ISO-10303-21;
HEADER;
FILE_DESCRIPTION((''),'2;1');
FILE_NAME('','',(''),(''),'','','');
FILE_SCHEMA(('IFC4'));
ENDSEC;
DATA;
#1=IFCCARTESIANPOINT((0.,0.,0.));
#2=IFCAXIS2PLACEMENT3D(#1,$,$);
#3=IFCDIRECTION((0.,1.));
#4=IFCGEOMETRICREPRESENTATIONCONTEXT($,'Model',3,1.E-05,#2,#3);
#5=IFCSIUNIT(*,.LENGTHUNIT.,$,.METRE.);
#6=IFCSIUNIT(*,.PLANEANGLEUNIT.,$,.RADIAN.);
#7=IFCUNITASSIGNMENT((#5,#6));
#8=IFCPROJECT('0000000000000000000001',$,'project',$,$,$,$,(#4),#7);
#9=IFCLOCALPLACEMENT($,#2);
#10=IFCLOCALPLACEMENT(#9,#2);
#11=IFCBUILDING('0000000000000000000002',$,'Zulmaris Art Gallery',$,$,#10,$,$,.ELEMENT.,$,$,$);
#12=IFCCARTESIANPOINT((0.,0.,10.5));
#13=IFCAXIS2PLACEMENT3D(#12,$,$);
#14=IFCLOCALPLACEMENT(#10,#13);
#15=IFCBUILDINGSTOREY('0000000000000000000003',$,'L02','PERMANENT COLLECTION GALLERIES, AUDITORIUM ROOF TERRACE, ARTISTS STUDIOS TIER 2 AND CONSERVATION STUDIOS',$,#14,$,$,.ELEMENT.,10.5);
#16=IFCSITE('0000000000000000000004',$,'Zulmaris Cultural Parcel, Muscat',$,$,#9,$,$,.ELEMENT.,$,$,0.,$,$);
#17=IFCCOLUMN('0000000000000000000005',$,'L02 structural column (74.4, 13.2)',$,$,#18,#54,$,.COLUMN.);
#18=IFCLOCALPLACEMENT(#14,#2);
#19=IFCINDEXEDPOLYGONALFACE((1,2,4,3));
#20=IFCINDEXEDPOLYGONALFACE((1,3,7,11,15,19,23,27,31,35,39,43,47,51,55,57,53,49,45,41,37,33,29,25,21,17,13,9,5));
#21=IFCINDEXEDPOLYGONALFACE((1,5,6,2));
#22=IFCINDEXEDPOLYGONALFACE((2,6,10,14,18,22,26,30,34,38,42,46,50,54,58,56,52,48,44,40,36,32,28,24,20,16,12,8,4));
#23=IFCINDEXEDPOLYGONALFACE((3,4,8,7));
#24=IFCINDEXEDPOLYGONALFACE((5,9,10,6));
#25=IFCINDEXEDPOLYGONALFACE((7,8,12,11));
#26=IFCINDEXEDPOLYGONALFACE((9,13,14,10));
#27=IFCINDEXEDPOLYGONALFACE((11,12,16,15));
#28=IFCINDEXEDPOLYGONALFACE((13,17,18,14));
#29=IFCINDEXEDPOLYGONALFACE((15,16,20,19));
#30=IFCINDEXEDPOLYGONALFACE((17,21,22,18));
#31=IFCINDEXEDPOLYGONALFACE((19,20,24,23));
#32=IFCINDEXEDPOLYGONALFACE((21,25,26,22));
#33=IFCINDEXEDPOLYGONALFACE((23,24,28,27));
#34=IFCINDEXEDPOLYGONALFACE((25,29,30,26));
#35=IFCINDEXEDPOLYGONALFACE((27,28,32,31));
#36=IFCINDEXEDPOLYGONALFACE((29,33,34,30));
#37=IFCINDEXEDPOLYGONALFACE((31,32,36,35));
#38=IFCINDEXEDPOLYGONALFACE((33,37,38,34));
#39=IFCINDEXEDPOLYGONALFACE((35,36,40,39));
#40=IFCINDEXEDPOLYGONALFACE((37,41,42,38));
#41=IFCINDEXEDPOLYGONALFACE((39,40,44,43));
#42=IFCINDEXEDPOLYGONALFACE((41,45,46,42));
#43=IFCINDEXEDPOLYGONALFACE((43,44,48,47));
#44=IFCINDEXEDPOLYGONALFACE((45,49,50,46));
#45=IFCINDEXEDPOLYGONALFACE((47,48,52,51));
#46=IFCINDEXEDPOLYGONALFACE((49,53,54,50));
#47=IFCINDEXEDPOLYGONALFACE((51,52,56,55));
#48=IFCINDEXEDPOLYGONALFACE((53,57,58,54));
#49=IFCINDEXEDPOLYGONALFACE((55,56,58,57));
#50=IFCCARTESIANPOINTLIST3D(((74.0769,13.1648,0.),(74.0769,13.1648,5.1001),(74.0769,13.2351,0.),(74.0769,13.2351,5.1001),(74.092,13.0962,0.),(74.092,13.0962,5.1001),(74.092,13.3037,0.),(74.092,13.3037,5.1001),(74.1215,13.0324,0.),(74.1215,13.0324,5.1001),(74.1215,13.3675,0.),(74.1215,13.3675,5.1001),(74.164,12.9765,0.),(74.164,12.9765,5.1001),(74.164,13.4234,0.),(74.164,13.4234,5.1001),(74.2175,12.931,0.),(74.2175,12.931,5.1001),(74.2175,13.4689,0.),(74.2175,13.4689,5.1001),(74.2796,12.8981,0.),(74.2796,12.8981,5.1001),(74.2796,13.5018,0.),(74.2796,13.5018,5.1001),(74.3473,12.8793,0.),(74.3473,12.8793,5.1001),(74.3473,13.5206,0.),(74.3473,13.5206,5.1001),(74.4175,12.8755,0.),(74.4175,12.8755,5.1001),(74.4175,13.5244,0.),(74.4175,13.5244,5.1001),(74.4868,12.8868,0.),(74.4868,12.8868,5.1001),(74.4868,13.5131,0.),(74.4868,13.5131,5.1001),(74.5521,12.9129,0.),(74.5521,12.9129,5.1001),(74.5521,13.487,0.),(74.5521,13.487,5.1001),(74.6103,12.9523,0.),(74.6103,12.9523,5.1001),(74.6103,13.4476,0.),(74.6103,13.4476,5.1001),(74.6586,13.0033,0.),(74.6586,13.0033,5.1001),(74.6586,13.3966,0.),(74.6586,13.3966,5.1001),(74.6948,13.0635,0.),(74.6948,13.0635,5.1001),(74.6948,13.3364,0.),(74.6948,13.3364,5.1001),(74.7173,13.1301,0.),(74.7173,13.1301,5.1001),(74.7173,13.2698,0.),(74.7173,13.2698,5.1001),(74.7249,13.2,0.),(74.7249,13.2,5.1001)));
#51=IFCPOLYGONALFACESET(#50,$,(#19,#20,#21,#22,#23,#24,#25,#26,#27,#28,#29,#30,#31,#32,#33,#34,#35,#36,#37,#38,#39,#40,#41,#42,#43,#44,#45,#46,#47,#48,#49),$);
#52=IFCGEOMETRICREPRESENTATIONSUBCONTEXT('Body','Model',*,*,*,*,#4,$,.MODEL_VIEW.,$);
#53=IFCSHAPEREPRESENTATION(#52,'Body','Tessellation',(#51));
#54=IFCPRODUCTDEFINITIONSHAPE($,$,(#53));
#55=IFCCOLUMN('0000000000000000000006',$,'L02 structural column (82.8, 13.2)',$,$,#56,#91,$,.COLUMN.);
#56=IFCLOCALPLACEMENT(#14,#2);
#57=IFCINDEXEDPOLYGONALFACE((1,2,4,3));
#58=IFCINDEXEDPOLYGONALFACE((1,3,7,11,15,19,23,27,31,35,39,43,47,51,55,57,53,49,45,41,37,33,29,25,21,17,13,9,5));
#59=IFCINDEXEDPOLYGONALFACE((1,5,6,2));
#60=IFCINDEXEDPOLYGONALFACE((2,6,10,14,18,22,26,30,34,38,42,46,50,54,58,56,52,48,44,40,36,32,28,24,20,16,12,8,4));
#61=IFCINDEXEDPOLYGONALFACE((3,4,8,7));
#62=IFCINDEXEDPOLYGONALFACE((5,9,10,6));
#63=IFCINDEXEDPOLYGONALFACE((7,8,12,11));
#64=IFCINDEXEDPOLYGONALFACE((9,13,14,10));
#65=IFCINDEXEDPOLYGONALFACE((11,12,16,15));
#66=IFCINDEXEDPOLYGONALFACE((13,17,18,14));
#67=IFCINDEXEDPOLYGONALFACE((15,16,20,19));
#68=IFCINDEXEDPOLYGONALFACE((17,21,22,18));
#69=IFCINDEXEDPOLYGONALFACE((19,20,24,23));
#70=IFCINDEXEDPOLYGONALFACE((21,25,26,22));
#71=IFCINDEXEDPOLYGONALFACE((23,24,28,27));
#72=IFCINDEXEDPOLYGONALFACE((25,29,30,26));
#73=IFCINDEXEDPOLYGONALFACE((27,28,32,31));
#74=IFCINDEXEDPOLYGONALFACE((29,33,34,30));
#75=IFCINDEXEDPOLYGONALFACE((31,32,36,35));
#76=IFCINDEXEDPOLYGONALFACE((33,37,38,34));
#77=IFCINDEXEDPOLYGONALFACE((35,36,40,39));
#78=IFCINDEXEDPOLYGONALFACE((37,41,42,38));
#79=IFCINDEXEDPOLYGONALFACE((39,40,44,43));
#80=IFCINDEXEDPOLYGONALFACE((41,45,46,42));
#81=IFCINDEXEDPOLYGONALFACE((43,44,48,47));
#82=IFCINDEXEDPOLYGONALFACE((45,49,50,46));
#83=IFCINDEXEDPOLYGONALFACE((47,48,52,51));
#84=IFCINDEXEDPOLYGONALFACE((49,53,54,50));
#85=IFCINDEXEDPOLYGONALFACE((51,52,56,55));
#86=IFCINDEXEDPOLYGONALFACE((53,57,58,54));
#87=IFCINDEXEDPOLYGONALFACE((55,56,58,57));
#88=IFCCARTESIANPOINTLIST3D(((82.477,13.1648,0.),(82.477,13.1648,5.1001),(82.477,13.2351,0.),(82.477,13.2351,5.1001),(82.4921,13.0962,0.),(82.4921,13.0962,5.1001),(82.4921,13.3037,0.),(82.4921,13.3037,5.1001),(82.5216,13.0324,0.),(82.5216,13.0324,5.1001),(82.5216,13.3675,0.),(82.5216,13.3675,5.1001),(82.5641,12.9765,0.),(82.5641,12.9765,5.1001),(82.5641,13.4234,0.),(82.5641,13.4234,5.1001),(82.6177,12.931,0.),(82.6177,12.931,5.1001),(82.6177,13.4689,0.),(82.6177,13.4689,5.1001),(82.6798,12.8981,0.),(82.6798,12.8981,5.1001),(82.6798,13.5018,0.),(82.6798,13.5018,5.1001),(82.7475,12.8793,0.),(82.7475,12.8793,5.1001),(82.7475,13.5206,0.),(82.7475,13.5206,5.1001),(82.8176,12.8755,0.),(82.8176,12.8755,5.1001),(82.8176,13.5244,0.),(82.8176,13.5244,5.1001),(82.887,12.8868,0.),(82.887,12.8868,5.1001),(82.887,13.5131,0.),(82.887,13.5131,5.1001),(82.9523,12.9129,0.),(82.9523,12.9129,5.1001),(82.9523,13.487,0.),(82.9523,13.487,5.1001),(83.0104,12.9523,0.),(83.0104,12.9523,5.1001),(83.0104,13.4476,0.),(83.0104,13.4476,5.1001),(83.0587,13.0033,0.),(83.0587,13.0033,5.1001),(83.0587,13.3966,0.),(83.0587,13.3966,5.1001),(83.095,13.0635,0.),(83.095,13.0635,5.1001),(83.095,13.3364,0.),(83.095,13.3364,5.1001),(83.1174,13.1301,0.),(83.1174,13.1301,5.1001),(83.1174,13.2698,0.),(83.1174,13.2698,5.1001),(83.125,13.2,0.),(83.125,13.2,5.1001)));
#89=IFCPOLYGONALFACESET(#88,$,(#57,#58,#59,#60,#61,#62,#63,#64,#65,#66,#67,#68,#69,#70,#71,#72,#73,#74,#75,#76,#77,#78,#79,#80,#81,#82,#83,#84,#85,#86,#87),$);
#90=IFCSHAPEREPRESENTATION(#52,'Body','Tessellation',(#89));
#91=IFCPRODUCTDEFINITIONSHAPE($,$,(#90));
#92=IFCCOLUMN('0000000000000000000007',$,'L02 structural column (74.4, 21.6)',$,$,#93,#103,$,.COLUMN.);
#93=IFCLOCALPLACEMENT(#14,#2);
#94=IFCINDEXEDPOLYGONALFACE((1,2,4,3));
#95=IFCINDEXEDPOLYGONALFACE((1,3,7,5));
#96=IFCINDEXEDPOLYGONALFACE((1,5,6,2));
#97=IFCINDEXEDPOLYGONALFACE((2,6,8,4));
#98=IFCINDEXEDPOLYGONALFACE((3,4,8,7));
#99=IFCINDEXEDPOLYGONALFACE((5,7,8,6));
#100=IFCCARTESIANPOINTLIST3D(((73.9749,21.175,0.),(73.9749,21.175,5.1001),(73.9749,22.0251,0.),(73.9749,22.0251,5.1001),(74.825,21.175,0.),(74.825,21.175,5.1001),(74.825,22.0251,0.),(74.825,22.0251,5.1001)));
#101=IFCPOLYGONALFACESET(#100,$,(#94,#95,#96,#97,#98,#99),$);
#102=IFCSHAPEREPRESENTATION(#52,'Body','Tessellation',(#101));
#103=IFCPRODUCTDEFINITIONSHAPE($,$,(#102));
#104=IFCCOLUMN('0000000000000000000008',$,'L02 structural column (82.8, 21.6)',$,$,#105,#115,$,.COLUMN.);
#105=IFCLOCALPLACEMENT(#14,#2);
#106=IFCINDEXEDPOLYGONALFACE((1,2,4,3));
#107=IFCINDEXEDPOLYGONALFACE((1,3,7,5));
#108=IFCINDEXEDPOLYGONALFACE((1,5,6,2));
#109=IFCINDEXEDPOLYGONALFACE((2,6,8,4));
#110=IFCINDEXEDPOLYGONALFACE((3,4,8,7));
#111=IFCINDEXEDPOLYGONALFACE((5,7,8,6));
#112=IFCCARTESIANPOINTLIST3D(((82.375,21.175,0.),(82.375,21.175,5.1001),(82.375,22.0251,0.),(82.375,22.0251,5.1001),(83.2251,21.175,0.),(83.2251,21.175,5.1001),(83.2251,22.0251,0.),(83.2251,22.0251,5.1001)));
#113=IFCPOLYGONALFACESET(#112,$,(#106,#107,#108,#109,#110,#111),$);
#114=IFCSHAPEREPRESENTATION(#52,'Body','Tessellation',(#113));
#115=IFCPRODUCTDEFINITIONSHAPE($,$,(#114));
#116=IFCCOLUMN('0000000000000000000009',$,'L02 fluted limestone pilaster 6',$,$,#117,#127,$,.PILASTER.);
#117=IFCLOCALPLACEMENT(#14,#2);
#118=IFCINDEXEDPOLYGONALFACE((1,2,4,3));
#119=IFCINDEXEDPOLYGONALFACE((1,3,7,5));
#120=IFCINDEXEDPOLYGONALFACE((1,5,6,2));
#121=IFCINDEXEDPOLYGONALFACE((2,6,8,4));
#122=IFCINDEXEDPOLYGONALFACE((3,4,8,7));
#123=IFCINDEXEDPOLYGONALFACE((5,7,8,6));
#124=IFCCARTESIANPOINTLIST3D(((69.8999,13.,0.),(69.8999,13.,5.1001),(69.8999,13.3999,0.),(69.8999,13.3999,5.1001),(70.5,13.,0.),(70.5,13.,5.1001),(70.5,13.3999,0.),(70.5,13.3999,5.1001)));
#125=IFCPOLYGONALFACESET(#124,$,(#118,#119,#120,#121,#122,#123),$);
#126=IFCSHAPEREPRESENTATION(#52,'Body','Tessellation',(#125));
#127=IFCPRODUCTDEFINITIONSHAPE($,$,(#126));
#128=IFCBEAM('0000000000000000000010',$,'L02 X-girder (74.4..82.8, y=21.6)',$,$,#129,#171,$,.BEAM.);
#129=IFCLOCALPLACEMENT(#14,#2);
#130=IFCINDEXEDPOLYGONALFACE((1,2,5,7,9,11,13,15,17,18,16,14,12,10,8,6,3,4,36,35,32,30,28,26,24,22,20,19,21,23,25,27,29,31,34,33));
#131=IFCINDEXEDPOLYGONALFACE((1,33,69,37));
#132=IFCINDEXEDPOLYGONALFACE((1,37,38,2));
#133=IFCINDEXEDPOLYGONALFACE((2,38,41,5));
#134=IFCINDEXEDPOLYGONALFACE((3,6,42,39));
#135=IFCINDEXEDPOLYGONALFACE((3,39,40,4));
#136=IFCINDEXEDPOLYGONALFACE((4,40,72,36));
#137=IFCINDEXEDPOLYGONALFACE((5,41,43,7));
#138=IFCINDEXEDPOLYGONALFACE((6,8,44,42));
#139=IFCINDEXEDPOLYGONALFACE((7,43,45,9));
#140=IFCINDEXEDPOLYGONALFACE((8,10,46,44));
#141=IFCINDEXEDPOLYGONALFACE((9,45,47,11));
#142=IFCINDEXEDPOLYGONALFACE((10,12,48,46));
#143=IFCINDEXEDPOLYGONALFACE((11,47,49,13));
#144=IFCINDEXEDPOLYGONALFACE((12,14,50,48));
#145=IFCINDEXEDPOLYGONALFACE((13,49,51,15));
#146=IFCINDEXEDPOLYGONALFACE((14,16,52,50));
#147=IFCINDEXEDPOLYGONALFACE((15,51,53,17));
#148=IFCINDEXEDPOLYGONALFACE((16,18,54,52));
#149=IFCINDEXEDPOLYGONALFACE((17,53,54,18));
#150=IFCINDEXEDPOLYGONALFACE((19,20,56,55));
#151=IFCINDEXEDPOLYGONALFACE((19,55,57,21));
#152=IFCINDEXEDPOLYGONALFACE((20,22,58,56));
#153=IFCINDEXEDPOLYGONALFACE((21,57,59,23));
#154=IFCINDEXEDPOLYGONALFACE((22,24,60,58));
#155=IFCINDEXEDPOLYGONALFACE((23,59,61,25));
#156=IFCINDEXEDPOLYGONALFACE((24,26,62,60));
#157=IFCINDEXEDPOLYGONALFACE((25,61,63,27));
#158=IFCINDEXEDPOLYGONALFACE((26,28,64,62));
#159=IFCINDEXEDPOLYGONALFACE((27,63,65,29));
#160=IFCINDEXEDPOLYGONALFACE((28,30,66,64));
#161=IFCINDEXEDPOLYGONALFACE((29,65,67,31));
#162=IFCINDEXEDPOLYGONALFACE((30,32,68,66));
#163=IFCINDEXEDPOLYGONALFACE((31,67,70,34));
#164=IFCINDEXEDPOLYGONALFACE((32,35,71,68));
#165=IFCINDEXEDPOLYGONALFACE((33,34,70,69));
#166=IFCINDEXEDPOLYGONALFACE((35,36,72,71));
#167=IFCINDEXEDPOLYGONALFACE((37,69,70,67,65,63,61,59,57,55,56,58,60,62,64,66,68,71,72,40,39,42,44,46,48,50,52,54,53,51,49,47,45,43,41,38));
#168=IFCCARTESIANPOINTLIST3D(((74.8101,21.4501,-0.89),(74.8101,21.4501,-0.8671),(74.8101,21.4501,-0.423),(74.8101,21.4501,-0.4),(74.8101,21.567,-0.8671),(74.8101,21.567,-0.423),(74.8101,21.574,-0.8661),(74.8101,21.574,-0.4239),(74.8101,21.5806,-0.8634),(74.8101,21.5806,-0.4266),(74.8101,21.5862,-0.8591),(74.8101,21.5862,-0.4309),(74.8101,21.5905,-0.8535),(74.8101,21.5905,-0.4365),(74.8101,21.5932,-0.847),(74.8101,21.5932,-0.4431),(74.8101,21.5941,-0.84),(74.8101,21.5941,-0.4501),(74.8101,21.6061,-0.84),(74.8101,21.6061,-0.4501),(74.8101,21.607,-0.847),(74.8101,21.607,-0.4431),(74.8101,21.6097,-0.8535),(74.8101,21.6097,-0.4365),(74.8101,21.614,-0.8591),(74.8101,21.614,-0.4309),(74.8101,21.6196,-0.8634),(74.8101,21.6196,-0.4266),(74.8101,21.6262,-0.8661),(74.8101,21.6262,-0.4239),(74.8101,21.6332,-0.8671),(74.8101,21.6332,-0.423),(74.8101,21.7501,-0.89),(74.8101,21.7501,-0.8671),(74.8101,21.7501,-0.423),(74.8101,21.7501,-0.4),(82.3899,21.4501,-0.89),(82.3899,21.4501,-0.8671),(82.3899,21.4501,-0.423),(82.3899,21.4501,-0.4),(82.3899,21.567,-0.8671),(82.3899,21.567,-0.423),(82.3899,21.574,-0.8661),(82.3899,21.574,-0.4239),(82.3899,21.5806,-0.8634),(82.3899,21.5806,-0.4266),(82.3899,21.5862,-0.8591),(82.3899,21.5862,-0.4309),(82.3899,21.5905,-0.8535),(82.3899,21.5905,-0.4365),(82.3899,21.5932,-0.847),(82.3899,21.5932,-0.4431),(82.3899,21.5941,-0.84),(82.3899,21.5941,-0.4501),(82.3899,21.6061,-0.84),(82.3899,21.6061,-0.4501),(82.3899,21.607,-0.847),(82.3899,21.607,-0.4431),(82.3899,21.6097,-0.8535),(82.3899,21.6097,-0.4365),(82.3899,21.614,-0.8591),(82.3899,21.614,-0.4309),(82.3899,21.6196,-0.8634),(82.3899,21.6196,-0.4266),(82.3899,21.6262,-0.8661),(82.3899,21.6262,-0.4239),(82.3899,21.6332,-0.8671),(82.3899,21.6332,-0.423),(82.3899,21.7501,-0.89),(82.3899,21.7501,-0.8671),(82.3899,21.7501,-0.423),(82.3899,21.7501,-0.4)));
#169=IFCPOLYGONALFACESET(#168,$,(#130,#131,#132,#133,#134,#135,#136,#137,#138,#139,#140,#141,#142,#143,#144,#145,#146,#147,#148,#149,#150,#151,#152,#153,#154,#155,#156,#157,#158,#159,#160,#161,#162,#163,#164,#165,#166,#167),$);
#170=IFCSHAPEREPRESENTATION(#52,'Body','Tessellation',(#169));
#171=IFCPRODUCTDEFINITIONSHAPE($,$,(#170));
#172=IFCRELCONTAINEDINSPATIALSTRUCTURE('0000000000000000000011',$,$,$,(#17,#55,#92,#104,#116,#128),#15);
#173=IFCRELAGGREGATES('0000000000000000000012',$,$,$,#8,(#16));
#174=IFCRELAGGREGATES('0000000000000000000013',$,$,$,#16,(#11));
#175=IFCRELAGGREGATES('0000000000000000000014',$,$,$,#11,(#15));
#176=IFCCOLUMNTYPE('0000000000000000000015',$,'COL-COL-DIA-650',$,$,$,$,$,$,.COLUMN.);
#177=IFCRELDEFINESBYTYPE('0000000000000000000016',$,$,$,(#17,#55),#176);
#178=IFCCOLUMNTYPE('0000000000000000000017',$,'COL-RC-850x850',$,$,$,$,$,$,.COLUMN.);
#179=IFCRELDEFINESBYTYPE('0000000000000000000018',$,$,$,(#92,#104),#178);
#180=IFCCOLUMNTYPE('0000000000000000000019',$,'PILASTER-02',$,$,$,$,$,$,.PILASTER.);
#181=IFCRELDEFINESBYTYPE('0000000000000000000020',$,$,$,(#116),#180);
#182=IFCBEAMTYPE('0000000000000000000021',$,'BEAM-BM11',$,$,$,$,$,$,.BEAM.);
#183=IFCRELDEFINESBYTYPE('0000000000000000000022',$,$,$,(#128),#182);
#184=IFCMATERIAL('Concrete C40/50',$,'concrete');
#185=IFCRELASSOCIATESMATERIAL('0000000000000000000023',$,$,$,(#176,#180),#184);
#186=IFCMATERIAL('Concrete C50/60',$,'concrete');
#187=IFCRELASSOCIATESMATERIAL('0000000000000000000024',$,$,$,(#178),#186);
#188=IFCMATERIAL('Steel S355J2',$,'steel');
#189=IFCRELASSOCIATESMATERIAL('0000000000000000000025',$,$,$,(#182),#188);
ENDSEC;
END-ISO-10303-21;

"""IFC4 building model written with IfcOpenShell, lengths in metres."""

from ifc_helpers import new_model, si_unit, direction, frame, origin, origin_2d, place, context, subcontext, project, spatial, rectangle, circle, i_section, extrude, material, material_profile, profile_set, type_object, element, save


model = new_model("IFC4")

# Units and contexts
model_context = context("Model", 3, precision=1e-05, world=origin(), true_north=direction((0.0, 1.0)))
body_context = subcontext(model_context, "Body", "Model", "MODEL_VIEW")
ifc_project = project(units=[si_unit("LENGTHUNIT", "METRE"), si_unit("PLANEANGLEUNIT", "RADIAN")], contexts=[model_context])

# Site, building, storey
site_placement = place(None, origin())
site = spatial("IfcSite", under=ifc_project, at=site_placement, Name="Zulmaris Cultural Parcel, Muscat", CompositionType="ELEMENT", RefElevation=0.0)
building_placement = place(site_placement, origin())
building = spatial("IfcBuilding", under=site, at=building_placement, Name="Zulmaris Art Gallery", CompositionType="ELEMENT")
storey_placement = place(building_placement, frame((0.0, 0.0, 10.5)))
storey = spatial("IfcBuildingStorey", under=building, at=storey_placement, Name="L02", Description="PERMANENT COLLECTION GALLERIES, AUDITORIUM ROOF TERRACE, ARTISTS STUDIOS TIER 2 AND CONSERVATION STUDIOS", CompositionType="ELEMENT", Elevation=10.5)

# Columns
ifc_material_1 = material(Name="Concrete C40/50", Category="concrete")
ifc_material_profile_1 = material_profile(ifc_material_1, circle(Radius=0.325, at=origin_2d()), Name="COL DIA 650")
ifc_profile_set_1 = profile_set([ifc_material_profile_1], Name="Concrete C40/50")
column_type_1 = type_object("IfcColumnType", Name="COL-COL-DIA-650", PredefinedType="COLUMN", material=ifc_profile_set_1)
for number, where, z_axis, x_axis, name in (
    (1, (74.3999, 13.2, 0.0), (0.0, 0.0, 1.0), (1.0, 0.0, 0.0), "L02 structural column (74.4, 13.2)"),
    (2, (82.8, 13.2, 0.0), (0.0, 0.0, 1.0), (1.0, 0.0, 0.0), "L02 structural column (82.8, 13.2)"),
):
    element("IfcColumn", number, at=place(storey_placement, frame(where, z_axis=z_axis, x_axis=x_axis)), inside=storey, type_object=column_type_1, Name=name, PredefinedType="COLUMN", context=body_context, shape_type="SweptSolid", body=[
        extrude(circle(Radius=0.325, at=origin_2d()), origin(), (0.0, 0.0, 1.0), 5.1001),
    ])
ifc_material_2 = material(Name="Concrete C50/60", Category="concrete")
ifc_material_profile_2 = material_profile(ifc_material_2, rectangle(XDim=0.8501, YDim=0.8501, at=origin_2d()), Name="RC 850x850")
ifc_profile_set_2 = profile_set([ifc_material_profile_2], Name="Concrete C50/60")
column_type_2 = type_object("IfcColumnType", Name="COL-RC-850x850", PredefinedType="COLUMN", material=ifc_profile_set_2)
for number, where, z_axis, x_axis, name in (
    (3, (74.3999, 21.6001, 0.0), (0.0, 0.0, 1.0), (1.0, 0.0, 0.0), "L02 structural column (74.4, 21.6)"),
    (4, (82.8, 21.6001, 0.0), (0.0, 0.0, 1.0), (1.0, 0.0, 0.0), "L02 structural column (82.8, 21.6)"),
):
    element("IfcColumn", number, at=place(storey_placement, frame(where, z_axis=z_axis, x_axis=x_axis)), inside=storey, type_object=column_type_2, Name=name, PredefinedType="COLUMN", context=body_context, shape_type="SweptSolid", body=[
        extrude(rectangle(XDim=0.8501, YDim=0.8501, at=origin_2d()), origin(), (0.0, 0.0, 1.0), 5.1001),
    ])
ifc_material_profile_3 = material_profile(ifc_material_1, rectangle(XDim=0.6001, YDim=0.3999, at=origin_2d()), Name="PIL 600x400")
ifc_profile_set_3 = profile_set([ifc_material_profile_3], Name="Concrete C40/50")
column_type_3 = type_object("IfcColumnType", Name="PILASTER-02", PredefinedType="PILASTER", material=ifc_profile_set_3)
column_placement = place(storey_placement, frame((70.2, 13.2, 0.0), z_axis=(0.0, 0.0, 1.0), x_axis=(1.0, 0.0, 0.0)))
element("IfcColumn", 5, at=column_placement, inside=storey, type_object=column_type_3, Name="L02 fluted limestone pilaster 6", PredefinedType="PILASTER", context=body_context, shape_type="SweptSolid", body=[
    extrude(rectangle(XDim=0.6001, YDim=0.3999, at=origin_2d()), origin(), (0.0, 0.0, 1.0), 5.1001),
])

# Beam
ifc_material_3 = material(Name="Steel S355J2", Category="steel")
ifc_material_profile_4 = material_profile(ifc_material_3, i_section(OverallWidth=0.3, OverallDepth=0.49, WebThickness=0.012, FlangeThickness=0.0229, FilletRadius=0.0271, at=origin_2d()), Name="HEA 500")
ifc_profile_set_4 = profile_set([ifc_material_profile_4], Name="Steel S355J2")
beam_type_1 = type_object("IfcBeamType", Name="BEAM-BM11", PredefinedType="BEAM", material=ifc_profile_set_4)
beam_1_placement = place(storey_placement, frame((74.8101, 21.6001, -0.645), z_axis=(1.0, 0.0, 0.0), x_axis=(0.0, 1.0, 0.0)))
element("IfcBeam", 6, at=beam_1_placement, inside=storey, type_object=beam_type_1, Name="L02 X-girder (74.4..82.8, y=21.6)", PredefinedType="BEAM", context=body_context, shape_type="SweptSolid", body=[
    extrude(i_section(OverallWidth=0.3, OverallDepth=0.49, WebThickness=0.012, FlangeThickness=0.0229, FilletRadius=0.0271, at=origin_2d()), origin(), (0.0, 0.0, 1.0), 7.5798),
])

save(model, "model.ifc")
